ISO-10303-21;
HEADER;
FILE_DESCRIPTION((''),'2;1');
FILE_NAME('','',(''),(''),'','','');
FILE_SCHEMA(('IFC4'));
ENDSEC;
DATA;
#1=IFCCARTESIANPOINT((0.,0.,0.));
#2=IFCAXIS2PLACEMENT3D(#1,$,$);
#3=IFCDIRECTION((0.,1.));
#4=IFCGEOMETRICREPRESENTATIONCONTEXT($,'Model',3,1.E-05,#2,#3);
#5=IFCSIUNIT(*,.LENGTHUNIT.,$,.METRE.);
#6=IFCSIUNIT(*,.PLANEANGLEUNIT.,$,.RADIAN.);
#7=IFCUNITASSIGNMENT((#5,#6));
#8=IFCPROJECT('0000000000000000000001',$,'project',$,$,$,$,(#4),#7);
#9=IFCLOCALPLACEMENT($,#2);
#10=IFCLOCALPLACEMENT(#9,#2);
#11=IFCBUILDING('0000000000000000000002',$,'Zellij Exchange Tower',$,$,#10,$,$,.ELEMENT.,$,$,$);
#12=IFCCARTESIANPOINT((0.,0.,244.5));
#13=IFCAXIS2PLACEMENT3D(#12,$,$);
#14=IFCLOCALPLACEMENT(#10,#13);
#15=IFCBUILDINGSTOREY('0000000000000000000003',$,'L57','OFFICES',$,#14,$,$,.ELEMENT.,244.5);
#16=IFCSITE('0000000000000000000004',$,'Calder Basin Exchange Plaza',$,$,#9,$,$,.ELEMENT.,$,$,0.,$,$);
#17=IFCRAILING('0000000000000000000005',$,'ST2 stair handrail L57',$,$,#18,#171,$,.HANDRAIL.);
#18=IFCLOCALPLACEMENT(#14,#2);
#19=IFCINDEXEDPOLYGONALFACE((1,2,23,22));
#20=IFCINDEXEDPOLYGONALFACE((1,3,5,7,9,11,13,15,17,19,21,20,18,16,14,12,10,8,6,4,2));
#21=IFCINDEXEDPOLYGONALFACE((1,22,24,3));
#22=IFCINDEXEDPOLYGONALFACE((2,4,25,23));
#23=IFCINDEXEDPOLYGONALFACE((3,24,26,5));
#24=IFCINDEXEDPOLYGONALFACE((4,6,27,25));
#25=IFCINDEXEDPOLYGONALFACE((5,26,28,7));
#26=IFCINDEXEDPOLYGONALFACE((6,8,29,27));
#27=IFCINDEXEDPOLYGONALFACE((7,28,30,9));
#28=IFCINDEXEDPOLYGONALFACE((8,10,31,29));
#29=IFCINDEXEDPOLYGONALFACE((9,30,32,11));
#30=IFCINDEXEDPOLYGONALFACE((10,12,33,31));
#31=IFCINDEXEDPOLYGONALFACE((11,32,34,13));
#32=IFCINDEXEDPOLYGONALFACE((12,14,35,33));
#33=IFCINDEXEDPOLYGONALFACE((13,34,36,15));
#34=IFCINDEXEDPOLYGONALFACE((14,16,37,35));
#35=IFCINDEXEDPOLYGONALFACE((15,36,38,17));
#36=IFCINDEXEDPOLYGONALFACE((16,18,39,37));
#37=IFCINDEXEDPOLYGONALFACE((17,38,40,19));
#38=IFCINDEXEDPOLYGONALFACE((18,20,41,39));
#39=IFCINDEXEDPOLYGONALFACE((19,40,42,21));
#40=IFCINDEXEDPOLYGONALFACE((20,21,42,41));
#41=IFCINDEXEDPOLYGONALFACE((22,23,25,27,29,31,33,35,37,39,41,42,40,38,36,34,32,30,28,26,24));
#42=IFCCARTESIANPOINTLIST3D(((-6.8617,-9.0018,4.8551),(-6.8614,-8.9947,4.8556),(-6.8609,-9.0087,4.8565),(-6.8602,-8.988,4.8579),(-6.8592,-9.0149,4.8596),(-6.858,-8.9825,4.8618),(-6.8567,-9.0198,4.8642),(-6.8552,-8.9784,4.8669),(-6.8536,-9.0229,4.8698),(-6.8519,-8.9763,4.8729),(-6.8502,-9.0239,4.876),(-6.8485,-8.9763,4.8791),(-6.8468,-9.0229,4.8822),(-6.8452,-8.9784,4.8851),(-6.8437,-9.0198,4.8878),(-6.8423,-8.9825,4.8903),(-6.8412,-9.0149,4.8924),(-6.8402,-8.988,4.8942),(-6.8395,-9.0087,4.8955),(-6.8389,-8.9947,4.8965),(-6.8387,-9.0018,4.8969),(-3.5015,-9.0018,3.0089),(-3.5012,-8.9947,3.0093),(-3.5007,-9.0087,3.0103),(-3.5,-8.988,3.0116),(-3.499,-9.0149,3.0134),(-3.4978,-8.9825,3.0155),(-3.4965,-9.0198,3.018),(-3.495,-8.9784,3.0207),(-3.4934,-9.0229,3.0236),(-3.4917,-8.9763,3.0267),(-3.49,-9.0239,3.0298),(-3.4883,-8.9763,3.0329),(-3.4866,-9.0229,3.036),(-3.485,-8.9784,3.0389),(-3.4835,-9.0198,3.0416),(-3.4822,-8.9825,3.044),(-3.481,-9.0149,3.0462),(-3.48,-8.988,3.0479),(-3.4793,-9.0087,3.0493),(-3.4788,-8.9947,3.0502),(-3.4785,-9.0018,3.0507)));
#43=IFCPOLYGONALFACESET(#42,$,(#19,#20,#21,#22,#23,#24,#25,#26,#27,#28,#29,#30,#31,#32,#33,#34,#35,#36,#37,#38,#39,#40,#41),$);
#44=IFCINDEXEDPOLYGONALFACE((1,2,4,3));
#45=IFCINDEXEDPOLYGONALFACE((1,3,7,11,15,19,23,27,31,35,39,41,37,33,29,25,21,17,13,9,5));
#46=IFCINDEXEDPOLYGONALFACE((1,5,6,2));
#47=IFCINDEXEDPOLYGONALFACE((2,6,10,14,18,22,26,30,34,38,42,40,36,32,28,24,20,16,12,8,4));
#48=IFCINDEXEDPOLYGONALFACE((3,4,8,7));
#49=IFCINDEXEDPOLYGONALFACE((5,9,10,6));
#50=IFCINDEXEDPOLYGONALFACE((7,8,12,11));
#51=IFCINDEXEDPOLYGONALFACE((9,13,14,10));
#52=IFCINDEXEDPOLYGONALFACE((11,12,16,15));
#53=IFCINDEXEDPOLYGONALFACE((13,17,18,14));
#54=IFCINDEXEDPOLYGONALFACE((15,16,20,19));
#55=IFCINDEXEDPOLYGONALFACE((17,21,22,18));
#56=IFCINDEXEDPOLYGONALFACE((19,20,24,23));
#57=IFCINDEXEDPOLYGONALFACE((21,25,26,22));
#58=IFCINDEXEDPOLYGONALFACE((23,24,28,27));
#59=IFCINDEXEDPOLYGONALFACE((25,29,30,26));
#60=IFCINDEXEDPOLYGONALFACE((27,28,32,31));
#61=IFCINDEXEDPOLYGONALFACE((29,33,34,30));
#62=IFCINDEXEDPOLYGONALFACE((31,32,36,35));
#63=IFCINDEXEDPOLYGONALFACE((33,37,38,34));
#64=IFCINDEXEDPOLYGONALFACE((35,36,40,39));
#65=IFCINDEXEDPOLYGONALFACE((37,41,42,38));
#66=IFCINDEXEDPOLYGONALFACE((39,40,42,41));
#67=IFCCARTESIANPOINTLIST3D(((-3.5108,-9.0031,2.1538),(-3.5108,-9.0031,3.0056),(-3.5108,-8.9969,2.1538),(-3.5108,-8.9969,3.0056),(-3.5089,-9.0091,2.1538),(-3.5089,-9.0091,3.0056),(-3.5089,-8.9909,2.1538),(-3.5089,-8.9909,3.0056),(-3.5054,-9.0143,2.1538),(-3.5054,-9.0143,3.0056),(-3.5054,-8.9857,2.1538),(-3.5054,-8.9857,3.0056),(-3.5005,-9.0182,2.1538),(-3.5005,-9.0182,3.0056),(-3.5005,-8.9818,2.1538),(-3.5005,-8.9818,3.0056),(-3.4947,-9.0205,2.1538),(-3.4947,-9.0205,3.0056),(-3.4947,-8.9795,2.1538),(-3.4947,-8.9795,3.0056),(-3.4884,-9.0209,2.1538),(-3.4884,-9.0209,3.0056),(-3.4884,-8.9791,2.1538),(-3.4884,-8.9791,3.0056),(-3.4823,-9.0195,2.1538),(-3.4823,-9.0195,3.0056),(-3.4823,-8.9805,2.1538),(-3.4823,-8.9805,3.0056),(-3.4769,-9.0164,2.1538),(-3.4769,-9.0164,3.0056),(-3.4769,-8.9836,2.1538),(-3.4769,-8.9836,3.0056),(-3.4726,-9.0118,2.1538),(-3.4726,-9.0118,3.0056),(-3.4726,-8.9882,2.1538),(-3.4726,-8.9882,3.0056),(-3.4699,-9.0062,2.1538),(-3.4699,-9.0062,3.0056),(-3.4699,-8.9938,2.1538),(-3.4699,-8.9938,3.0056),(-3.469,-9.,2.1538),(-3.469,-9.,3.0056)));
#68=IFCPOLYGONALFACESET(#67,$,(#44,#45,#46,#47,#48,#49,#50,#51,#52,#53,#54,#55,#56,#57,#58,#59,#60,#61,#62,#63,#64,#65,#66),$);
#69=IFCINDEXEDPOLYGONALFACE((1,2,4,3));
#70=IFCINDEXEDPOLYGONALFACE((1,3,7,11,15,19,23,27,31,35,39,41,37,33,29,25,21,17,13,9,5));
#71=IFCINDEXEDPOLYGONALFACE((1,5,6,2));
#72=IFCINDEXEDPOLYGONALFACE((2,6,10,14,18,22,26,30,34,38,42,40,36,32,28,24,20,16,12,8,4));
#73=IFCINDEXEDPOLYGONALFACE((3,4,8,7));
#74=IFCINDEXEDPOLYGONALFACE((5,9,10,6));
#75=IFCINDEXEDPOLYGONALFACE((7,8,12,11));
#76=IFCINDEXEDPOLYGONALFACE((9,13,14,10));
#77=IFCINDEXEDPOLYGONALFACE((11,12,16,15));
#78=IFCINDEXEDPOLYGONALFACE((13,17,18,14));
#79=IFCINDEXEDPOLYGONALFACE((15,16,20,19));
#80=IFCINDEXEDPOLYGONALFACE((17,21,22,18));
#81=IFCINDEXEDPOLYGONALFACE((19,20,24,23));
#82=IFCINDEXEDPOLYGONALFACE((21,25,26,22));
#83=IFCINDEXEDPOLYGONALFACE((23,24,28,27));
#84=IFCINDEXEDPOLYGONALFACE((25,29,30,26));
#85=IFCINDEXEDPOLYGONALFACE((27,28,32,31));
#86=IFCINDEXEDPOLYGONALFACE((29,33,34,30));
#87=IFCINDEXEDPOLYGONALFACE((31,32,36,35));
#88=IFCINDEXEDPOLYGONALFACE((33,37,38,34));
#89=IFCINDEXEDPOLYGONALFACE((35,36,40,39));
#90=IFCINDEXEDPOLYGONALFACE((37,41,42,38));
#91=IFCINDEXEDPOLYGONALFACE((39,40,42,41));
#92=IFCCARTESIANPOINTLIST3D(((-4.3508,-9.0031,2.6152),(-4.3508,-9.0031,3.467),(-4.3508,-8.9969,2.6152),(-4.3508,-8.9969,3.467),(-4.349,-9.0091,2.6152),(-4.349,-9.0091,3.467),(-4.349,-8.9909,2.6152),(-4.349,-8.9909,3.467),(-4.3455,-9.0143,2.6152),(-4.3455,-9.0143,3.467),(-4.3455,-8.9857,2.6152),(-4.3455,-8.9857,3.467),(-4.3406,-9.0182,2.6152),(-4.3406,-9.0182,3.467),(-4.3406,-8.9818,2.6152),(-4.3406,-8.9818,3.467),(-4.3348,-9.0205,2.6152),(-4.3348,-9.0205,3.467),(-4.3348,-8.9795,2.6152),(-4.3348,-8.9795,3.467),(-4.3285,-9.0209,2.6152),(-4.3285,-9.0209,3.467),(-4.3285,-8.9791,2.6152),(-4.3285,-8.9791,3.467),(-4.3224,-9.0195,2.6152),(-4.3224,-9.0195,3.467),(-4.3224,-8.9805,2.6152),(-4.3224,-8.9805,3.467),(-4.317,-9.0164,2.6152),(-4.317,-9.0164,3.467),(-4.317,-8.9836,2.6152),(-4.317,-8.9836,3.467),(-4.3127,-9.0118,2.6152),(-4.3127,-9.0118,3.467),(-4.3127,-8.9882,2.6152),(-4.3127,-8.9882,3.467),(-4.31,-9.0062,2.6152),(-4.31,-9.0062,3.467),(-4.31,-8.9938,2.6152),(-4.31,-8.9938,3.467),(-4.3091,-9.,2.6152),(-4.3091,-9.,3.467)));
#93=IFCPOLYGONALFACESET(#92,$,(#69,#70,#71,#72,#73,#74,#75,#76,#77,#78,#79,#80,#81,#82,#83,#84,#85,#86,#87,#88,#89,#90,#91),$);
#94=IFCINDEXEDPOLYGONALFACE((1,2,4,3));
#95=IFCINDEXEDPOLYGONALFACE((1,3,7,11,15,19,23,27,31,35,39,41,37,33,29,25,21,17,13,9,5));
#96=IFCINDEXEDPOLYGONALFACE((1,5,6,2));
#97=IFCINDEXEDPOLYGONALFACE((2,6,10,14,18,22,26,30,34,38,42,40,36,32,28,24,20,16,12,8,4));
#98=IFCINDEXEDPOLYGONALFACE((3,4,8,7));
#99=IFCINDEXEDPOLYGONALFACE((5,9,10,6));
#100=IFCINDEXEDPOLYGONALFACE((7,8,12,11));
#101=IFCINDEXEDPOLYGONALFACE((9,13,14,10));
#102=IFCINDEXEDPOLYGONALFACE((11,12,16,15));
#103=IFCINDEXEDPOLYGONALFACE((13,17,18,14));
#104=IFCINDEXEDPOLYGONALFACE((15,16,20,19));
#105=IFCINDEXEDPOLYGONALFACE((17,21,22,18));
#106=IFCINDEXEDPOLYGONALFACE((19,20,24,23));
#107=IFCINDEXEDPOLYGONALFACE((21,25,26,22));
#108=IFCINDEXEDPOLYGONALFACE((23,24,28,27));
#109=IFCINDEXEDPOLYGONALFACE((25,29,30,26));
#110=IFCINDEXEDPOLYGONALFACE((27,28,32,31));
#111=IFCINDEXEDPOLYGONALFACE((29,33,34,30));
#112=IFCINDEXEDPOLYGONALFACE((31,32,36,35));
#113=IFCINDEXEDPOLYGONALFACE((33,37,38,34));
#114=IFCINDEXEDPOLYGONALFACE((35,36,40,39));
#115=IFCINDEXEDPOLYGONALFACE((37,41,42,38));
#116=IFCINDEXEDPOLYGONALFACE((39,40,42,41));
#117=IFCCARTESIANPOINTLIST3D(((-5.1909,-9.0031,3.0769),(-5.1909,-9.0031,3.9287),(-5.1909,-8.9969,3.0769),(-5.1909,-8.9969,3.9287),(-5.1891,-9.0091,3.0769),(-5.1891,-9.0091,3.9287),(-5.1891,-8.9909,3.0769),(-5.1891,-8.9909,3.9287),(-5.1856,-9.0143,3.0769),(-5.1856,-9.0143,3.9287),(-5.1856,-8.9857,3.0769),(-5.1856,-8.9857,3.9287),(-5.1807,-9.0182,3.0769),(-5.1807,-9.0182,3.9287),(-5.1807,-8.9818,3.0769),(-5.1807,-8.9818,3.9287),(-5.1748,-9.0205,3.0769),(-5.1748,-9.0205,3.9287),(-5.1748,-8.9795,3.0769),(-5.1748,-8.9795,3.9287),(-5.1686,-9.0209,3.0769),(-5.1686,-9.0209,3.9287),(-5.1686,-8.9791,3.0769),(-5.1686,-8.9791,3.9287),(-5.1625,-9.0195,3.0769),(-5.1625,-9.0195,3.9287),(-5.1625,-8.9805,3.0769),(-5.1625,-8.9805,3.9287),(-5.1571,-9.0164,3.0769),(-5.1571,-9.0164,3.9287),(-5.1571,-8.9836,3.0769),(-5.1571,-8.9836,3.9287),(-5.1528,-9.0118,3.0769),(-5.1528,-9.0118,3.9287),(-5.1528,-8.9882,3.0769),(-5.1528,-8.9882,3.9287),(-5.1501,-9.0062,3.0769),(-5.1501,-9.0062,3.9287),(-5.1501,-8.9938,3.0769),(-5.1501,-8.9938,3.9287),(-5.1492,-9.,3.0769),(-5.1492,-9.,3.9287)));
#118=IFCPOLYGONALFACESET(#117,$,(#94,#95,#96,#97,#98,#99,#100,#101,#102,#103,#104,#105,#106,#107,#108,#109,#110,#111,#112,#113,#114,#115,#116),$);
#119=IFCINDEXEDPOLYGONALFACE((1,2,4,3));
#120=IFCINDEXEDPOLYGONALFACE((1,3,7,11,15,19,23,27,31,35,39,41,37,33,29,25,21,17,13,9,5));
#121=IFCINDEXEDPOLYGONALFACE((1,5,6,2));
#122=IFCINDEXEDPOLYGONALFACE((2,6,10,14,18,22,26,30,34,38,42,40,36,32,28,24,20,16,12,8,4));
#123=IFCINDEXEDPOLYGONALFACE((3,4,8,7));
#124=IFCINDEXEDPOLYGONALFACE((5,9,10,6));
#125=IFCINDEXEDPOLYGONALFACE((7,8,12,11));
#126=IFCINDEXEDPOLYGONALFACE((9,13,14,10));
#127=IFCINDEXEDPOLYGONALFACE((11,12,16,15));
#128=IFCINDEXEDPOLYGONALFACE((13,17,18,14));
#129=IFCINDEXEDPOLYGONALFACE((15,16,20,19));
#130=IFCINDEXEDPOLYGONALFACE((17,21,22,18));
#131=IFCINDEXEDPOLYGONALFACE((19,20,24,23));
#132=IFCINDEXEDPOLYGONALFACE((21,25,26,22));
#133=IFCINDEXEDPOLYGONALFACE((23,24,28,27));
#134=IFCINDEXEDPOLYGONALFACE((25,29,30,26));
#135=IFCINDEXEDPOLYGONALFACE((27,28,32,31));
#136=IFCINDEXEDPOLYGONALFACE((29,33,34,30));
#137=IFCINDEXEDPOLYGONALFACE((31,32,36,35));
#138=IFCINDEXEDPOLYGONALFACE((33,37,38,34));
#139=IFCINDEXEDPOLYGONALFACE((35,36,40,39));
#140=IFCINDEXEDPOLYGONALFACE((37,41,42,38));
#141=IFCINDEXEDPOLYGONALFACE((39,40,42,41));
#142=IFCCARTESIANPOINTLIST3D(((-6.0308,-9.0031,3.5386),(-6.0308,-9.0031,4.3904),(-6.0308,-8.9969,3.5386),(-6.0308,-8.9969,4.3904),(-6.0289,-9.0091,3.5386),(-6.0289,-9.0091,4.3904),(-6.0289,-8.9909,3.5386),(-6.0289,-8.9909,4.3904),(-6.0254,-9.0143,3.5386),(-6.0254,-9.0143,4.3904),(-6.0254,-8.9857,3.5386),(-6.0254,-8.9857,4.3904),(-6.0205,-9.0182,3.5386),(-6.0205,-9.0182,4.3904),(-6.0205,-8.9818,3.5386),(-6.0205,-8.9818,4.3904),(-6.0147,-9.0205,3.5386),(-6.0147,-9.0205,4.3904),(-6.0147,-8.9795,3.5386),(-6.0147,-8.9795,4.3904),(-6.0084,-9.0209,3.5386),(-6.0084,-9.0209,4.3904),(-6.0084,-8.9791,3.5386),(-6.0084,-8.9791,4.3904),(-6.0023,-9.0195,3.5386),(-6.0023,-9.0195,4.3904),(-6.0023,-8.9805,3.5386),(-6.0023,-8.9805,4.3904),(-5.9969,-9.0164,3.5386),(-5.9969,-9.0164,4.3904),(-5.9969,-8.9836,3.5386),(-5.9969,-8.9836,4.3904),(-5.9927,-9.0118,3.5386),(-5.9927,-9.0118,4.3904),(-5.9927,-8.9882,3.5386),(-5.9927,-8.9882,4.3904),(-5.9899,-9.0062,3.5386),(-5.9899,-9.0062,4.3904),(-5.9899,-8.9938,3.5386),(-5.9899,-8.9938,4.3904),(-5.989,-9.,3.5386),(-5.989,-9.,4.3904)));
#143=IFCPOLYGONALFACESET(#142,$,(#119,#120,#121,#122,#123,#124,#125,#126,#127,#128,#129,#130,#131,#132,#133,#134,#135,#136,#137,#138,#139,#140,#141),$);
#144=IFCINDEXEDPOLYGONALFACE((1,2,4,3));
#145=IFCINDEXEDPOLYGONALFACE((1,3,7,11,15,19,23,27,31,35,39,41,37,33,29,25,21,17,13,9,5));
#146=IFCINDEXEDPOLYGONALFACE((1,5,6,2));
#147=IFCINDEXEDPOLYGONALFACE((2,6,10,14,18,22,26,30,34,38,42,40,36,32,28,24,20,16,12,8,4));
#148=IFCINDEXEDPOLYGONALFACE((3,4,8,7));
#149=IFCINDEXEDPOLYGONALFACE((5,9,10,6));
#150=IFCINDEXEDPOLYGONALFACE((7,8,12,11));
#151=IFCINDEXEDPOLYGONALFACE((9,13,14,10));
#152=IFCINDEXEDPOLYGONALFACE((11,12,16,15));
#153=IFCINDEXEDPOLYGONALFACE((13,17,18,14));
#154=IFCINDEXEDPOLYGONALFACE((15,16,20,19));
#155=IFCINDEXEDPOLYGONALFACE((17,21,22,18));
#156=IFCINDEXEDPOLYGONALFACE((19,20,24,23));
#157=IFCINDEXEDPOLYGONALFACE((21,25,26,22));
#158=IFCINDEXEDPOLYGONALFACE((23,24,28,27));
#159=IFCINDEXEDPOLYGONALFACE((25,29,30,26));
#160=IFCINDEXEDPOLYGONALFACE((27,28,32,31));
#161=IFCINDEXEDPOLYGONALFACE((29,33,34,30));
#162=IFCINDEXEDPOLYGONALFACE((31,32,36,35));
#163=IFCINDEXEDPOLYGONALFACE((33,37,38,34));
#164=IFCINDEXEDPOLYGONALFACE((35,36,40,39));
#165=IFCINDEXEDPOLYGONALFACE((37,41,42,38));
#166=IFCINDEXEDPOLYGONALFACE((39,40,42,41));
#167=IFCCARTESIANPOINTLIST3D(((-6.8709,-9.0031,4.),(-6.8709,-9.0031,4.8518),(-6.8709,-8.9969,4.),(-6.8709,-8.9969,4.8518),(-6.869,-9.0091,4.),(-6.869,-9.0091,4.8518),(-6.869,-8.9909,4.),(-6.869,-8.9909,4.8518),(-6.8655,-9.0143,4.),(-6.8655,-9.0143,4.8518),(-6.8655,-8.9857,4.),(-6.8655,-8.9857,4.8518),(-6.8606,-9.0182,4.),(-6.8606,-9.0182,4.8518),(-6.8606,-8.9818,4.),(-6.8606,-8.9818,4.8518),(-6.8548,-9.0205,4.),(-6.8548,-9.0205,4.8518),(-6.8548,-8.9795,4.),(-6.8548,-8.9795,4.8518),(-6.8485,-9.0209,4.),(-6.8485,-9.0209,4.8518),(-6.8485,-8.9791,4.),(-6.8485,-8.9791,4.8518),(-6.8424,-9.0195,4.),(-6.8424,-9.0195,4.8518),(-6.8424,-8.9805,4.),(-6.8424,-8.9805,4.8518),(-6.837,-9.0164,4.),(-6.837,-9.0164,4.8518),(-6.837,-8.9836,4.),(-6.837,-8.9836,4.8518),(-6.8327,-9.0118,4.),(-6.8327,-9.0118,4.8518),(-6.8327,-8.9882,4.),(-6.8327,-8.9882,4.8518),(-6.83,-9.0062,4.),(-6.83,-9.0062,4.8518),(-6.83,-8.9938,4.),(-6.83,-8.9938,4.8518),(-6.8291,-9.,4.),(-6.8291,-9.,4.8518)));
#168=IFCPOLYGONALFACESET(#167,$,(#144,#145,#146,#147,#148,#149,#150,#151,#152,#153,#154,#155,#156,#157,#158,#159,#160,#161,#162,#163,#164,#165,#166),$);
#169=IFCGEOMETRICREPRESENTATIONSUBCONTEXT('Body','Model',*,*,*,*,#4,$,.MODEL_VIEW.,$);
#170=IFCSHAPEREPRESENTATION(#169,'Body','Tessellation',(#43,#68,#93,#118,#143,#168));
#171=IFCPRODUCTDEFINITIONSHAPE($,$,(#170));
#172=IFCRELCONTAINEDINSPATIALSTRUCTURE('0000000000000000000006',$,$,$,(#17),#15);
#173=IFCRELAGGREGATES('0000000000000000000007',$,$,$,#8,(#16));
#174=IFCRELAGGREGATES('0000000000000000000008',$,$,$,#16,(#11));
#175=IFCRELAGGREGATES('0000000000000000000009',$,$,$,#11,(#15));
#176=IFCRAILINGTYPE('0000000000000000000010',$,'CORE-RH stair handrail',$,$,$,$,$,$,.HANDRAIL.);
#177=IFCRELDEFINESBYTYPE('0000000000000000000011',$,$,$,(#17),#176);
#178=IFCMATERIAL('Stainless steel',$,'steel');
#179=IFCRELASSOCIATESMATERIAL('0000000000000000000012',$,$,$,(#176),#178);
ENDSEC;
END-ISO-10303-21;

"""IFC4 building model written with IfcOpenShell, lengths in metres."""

from ifc_helpers import new_model, si_unit, direction, frame, origin, origin_2d, place, context, subcontext, project, spatial, circle, extrude, material, type_object, element, save


model = new_model("IFC4")

# Units and contexts
model_context = context("Model", 3, precision=1e-05, world=origin(), true_north=direction((0.0, 1.0)))
body_context = subcontext(model_context, "Body", "Model", "MODEL_VIEW")
ifc_project = project(units=[si_unit("LENGTHUNIT", "METRE"), si_unit("PLANEANGLEUNIT", "RADIAN")], contexts=[model_context])

# Site, building, storey
site_placement = place(None, origin())
site = spatial("IfcSite", under=ifc_project, at=site_placement, Name="Calder Basin Exchange Plaza", CompositionType="ELEMENT", RefElevation=0.0)
building_placement = place(site_placement, origin())
building = spatial("IfcBuilding", under=site, at=building_placement, Name="Zellij Exchange Tower", CompositionType="ELEMENT")
storey_placement = place(building_placement, frame((0.0, 0.0, 244.5)))
storey = spatial("IfcBuildingStorey", under=building, at=storey_placement, Name="L57", Description="OFFICES", CompositionType="ELEMENT", Elevation=244.5)

# Railing
ifc_material_1 = material(Name="Stainless steel", Category="steel")
railing_type_1 = type_object("IfcRailingType", Name="CORE-RH stair handrail", PredefinedType="HANDRAIL", material=ifc_material_1)
railing_1_placement = place(storey_placement, frame((-3.49, -9.0, 2.1538)))
element("IfcRailing", 1, at=railing_1_placement, inside=storey, type_object=railing_type_1, Name="ST2 stair handrail L57", PredefinedType="HANDRAIL", context=body_context, shape_type="SweptSolid", body=[
    extrude(circle(Radius=0.0239, at=origin_2d()), frame((0.0, 0.0, 0.876), z_axis=(-0.876422, 0.0, 0.481545), x_axis=(0.0, -1.0, 0.0)), (0.0, 0.0, 1.0), 3.834),
    extrude(circle(Radius=0.021, at=origin_2d()), origin(), (0.0, 0.0, 1.0), 0.8518),
    extrude(circle(Radius=0.021, at=origin_2d()), frame((-0.8401, 0.0, 0.4614)), (0.0, 0.0, 1.0), 0.8518),
    extrude(circle(Radius=0.021, at=origin_2d()), frame((-1.6802, 0.0, 0.9231)), (0.0, 0.0, 1.0), 0.8518),
    extrude(circle(Radius=0.021, at=origin_2d()), frame((-2.52, 0.0, 1.3848)), (0.0, 0.0, 1.0), 0.8518),
    extrude(circle(Radius=0.021, at=origin_2d()), frame((-3.3601, 0.0, 1.8462)), (0.0, 0.0, 1.0), 0.8518),
])

save(model, "model.ifc")
